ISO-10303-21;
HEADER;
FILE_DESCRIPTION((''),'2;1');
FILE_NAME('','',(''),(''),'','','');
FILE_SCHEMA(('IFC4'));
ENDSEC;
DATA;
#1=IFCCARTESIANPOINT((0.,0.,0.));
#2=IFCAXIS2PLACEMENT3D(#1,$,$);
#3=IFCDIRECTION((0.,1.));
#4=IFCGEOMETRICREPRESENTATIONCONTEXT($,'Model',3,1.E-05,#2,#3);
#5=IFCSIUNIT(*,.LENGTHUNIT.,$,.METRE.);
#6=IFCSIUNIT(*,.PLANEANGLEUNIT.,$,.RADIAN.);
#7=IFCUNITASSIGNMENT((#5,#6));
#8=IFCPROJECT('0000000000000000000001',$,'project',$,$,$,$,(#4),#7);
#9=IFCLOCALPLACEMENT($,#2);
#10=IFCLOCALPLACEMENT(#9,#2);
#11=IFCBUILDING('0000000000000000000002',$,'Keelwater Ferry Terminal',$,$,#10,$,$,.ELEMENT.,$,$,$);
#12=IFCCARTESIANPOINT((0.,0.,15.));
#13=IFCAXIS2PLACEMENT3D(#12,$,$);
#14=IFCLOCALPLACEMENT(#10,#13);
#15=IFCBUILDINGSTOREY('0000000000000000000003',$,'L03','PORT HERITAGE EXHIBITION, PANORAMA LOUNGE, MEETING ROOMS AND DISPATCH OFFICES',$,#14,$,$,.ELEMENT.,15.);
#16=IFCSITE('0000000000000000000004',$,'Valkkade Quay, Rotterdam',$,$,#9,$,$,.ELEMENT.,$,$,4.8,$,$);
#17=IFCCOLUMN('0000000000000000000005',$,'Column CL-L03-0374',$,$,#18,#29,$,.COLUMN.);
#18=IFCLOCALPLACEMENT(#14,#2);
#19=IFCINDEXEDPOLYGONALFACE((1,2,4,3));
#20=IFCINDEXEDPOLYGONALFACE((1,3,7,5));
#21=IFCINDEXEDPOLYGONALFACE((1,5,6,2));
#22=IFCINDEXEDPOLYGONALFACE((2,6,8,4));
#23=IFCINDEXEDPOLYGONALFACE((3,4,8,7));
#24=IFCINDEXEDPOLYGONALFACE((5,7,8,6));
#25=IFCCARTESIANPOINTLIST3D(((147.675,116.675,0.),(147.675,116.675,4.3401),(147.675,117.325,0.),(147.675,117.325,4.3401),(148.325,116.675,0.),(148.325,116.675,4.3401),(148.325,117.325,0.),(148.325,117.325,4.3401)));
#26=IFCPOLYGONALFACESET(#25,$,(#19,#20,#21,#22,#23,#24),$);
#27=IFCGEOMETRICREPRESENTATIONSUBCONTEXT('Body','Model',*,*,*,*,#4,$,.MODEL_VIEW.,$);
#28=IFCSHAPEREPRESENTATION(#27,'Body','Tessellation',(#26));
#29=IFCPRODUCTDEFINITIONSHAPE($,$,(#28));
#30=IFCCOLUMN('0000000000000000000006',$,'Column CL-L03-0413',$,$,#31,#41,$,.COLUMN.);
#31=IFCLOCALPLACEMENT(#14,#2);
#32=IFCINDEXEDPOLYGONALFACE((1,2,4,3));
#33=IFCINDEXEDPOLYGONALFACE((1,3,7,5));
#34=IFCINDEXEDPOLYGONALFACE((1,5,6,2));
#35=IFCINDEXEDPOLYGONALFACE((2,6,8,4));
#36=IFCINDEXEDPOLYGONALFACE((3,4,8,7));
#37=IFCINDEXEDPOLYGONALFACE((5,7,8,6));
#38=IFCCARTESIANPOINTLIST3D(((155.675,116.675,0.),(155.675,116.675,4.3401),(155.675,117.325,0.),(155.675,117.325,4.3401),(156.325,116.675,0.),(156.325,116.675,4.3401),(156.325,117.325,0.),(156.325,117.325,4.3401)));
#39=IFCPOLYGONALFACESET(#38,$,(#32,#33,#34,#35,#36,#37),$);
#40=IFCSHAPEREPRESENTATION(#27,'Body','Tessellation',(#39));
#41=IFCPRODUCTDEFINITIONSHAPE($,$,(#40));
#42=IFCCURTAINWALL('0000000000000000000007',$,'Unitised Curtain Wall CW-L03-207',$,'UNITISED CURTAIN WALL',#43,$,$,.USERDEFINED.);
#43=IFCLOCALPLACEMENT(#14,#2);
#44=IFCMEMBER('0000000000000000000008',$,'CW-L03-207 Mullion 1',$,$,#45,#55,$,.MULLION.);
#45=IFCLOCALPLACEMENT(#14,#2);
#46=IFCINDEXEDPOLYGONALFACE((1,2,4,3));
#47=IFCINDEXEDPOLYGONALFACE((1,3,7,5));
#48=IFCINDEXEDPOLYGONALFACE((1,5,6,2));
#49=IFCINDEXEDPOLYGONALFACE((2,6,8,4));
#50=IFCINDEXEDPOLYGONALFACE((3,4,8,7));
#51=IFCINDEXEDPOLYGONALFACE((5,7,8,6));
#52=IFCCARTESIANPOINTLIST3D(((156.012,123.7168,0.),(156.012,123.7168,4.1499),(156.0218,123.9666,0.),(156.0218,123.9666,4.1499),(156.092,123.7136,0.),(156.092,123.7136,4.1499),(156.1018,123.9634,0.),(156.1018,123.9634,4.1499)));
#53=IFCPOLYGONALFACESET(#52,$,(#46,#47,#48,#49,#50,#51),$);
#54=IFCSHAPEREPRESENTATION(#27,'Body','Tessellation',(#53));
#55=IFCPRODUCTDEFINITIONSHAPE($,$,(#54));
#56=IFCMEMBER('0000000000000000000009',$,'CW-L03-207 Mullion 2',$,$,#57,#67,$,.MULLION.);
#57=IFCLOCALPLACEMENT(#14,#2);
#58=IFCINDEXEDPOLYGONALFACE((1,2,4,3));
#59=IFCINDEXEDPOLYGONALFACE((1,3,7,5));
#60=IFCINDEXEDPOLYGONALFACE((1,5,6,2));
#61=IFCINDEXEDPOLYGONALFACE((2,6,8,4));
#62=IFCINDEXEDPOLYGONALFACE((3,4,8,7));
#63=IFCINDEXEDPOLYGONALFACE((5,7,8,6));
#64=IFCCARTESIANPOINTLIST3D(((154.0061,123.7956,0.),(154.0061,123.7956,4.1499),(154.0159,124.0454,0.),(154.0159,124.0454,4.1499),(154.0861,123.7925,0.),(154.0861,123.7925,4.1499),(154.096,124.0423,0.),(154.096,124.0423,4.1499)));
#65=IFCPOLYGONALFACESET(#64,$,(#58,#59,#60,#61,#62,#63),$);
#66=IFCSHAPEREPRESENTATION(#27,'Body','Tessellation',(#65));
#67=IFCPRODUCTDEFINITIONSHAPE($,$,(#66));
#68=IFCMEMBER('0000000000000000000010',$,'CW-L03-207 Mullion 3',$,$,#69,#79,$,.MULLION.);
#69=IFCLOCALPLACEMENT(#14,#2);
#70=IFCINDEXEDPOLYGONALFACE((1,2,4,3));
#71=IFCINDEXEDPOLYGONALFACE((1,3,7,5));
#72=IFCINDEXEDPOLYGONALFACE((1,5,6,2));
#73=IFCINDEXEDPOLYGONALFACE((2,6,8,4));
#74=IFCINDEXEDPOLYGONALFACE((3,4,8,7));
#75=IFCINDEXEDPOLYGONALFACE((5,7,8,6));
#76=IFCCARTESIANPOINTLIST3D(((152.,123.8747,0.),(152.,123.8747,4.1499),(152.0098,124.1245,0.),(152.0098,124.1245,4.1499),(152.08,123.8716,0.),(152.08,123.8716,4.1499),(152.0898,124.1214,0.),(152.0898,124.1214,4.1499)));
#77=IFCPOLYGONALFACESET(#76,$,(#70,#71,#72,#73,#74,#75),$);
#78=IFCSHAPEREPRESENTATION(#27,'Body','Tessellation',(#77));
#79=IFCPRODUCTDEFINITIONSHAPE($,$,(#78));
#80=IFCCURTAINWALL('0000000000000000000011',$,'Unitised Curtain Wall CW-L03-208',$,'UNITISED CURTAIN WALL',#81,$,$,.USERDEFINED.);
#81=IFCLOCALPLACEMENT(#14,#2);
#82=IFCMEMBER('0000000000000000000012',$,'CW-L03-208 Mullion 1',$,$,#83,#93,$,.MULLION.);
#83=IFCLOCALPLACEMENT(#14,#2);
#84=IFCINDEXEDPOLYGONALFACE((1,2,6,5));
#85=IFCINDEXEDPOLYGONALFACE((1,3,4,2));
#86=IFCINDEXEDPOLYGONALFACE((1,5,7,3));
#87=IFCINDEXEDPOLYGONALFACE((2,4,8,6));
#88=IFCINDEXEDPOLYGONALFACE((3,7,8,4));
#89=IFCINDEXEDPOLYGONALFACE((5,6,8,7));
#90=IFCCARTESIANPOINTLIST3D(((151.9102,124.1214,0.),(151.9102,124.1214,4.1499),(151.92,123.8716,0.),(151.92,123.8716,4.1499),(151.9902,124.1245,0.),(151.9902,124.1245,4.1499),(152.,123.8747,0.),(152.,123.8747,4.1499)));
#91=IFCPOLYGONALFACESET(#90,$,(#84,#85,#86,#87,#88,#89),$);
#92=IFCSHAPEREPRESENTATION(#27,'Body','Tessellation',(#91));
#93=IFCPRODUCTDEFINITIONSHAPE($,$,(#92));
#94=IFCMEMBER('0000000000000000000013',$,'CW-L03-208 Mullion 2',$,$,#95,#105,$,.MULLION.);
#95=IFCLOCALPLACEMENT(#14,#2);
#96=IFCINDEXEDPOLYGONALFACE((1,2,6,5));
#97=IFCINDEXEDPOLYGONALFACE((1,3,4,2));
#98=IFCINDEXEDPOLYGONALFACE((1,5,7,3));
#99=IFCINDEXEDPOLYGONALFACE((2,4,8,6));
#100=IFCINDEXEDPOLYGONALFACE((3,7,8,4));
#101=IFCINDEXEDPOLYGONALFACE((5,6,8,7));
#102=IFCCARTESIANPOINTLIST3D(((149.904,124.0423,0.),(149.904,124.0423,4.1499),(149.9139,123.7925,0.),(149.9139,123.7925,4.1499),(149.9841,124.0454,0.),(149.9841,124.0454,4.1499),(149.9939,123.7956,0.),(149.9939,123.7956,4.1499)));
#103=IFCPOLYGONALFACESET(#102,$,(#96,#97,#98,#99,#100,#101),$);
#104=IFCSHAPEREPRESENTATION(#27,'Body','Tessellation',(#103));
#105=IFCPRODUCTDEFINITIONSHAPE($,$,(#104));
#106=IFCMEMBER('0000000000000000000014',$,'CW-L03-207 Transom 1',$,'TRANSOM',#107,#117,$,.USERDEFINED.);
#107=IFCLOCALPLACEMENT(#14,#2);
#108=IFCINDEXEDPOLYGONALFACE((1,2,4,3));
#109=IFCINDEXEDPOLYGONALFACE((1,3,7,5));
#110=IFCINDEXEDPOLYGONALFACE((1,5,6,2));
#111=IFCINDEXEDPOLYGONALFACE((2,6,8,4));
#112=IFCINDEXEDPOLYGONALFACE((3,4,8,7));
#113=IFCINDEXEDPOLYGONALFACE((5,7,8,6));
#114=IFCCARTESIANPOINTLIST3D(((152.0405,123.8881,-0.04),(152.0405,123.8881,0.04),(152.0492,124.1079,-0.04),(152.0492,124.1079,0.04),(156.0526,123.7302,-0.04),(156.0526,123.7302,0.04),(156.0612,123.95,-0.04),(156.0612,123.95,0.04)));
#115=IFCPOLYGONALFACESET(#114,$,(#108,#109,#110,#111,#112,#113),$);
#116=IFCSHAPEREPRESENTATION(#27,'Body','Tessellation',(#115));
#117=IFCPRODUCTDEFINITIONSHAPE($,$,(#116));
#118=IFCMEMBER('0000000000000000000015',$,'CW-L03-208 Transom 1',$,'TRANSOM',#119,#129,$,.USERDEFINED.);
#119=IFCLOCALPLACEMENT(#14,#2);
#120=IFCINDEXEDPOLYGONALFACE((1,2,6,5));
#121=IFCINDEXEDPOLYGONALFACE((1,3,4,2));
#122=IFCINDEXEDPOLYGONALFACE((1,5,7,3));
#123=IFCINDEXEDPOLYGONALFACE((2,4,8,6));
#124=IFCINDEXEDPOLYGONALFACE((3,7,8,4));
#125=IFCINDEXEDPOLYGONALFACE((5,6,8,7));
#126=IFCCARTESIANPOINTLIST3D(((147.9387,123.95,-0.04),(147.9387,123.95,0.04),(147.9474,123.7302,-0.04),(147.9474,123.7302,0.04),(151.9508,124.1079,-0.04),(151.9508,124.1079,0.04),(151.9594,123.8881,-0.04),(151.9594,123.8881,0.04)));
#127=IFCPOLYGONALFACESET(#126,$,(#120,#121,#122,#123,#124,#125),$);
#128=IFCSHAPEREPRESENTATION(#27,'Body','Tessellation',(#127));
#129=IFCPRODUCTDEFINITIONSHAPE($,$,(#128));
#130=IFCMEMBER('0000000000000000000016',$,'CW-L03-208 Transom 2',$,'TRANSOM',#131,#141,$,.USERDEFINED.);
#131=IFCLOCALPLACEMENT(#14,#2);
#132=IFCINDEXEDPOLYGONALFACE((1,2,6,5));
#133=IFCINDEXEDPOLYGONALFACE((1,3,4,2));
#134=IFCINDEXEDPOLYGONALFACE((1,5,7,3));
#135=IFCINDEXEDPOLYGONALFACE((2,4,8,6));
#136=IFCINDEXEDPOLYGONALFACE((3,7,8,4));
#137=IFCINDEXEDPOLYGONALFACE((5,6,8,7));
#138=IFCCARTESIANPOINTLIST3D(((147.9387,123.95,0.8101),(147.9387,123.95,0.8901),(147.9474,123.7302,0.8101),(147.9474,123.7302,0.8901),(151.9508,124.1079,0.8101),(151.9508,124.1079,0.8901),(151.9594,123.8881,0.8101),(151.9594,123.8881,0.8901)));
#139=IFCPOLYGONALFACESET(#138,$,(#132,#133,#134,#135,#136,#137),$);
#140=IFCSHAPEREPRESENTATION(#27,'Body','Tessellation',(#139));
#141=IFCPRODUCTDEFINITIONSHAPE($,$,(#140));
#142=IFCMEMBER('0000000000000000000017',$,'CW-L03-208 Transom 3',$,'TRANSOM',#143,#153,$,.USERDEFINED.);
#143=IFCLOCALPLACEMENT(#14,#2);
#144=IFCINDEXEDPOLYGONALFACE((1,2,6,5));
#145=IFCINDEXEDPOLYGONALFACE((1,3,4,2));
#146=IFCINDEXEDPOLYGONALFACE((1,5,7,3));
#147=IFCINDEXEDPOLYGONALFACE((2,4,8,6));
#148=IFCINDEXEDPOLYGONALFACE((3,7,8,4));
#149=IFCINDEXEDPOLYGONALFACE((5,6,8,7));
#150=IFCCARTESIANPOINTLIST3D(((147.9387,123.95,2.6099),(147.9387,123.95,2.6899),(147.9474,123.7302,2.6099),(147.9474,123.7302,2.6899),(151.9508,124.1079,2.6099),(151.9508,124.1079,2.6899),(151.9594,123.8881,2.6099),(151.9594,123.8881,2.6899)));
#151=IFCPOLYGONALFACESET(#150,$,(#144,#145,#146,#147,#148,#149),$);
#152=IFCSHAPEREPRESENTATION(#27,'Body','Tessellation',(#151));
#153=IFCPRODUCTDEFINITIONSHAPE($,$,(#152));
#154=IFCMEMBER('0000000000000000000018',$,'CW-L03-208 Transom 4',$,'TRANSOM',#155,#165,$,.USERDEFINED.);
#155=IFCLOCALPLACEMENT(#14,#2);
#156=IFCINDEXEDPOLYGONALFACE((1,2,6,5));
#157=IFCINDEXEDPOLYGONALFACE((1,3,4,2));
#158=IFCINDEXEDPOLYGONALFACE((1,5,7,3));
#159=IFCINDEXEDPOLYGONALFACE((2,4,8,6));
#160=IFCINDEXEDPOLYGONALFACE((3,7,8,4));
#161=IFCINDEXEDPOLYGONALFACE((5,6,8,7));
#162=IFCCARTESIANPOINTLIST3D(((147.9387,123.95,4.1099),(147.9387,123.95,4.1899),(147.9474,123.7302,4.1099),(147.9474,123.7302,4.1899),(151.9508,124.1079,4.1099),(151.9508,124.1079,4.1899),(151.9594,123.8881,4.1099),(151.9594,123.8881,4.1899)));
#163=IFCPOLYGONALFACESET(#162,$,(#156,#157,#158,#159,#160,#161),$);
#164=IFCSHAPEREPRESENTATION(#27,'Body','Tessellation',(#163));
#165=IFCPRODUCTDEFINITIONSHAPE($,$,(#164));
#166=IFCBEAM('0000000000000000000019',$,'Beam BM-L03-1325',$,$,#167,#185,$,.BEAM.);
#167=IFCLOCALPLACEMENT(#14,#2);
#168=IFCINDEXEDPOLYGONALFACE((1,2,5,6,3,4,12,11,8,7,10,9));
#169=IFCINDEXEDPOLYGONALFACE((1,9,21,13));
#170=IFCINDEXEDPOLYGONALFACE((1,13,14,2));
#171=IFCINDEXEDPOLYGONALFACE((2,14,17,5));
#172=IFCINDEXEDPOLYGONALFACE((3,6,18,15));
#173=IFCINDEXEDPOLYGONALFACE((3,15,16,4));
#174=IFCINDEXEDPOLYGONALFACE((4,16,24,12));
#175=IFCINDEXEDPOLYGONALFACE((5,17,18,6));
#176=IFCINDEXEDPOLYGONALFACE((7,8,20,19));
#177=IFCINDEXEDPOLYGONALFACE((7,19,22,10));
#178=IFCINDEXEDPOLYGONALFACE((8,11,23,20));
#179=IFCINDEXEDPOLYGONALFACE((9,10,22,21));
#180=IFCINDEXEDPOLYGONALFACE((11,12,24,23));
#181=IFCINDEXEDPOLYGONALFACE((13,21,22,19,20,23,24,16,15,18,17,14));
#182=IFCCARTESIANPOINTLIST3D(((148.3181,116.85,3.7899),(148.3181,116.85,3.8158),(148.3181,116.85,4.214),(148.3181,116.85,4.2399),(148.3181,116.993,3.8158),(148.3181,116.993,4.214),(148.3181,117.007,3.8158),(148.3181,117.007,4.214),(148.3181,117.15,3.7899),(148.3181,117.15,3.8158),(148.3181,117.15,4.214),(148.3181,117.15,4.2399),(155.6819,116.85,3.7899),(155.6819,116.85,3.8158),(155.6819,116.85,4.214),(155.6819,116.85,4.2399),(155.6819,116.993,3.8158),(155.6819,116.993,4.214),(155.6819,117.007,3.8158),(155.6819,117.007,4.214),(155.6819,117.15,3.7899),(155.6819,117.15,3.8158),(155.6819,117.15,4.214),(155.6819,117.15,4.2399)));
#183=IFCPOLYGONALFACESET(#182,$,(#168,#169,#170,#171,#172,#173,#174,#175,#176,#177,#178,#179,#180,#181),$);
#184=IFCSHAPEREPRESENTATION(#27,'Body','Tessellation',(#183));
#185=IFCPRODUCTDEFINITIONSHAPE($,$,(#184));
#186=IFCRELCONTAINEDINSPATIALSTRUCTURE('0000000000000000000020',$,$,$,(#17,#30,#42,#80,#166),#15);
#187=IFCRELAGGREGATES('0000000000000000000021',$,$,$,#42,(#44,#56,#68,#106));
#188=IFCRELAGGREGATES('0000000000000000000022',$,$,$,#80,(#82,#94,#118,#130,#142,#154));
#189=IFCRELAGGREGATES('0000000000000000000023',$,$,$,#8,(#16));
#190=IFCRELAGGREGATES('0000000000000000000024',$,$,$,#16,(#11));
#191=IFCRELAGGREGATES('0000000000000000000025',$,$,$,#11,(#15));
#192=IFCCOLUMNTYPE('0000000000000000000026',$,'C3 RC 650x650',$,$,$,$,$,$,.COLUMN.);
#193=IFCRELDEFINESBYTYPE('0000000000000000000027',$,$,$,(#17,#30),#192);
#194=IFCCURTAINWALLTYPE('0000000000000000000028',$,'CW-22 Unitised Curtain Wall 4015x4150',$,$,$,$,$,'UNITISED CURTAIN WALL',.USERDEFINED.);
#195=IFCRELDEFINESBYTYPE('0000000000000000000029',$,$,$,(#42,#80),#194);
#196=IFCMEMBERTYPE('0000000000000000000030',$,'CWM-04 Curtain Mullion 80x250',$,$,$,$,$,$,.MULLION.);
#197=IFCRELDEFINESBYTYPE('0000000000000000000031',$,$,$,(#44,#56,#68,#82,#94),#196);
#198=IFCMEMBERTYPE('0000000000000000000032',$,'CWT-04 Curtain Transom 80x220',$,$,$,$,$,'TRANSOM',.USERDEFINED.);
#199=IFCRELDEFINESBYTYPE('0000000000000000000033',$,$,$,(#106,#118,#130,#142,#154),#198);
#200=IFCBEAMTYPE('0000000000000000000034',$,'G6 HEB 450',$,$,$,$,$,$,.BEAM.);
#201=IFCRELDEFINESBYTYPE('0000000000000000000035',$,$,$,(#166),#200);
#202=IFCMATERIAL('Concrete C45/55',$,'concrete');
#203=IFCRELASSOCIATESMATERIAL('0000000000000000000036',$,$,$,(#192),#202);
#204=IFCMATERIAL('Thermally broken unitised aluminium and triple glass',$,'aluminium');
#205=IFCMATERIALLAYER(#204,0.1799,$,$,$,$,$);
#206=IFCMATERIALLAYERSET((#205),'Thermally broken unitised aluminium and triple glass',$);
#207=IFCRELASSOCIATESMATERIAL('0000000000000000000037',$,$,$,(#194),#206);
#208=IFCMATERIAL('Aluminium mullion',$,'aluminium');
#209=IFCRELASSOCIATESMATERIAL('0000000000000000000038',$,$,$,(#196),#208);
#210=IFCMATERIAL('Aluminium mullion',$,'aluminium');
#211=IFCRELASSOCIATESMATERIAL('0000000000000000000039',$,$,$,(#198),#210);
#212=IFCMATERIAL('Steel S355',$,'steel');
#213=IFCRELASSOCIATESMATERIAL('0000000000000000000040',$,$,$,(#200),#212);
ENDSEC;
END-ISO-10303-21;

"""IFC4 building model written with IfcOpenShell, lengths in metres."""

from ifc_helpers import new_model, si_unit, direction, frame, origin, origin_2d, place, context, subcontext, project, spatial, rectangle, i_section, extrude, material, layer, layer_set, material_profile, profile_set, type_object, element, aggregate, save


model = new_model("IFC4")

# Units and contexts
model_context = context("Model", 3, precision=1e-05, world=origin(), true_north=direction((0.0, 1.0)))
body_context = subcontext(model_context, "Body", "Model", "MODEL_VIEW")
ifc_project = project(units=[si_unit("LENGTHUNIT", "METRE"), si_unit("PLANEANGLEUNIT", "RADIAN")], contexts=[model_context])

# Site, building, storey
site_placement = place(None, origin())
site = spatial("IfcSite", under=ifc_project, at=site_placement, Name="Valkkade Quay, Rotterdam", CompositionType="ELEMENT", RefElevation=4.8)
building_placement = place(site_placement, origin())
building = spatial("IfcBuilding", under=site, at=building_placement, Name="Keelwater Ferry Terminal", CompositionType="ELEMENT")
storey_placement = place(building_placement, frame((0.0, 0.0, 15.0)))
storey = spatial("IfcBuildingStorey", under=building, at=storey_placement, Name="L03", Description="PORT HERITAGE EXHIBITION, PANORAMA LOUNGE, MEETING ROOMS AND DISPATCH OFFICES", CompositionType="ELEMENT", Elevation=15.0)

# Columns
ifc_material_1 = material(Name="Concrete C45/55", Category="concrete")
ifc_material_profile_1 = material_profile(ifc_material_1, rectangle(XDim=0.6499, YDim=0.6499, at=origin_2d()), Name="RC 650x650")
ifc_profile_set_1 = profile_set([ifc_material_profile_1], Name="Concrete C45/55")
column_type = type_object("IfcColumnType", Name="C3 RC 650x650", PredefinedType="COLUMN", material=ifc_profile_set_1)
for number, where, z_axis, x_axis, name in (
    (1, (148.0, 117.0, 0.0), (0.0, 0.0, 1.0), (1.0, 0.0, 0.0), "Column CL-L03-0374"),
    (2, (156.0, 117.0, 0.0), (0.0, 0.0, 1.0), (1.0, 0.0, 0.0), "Column CL-L03-0413"),
):
    element("IfcColumn", number, at=place(storey_placement, frame(where, z_axis=z_axis, x_axis=x_axis)), inside=storey, type_object=column_type, Name=name, PredefinedType="COLUMN", context=body_context, shape_type="SweptSolid", body=[
        extrude(rectangle(XDim=0.6499, YDim=0.6499, at=origin_2d()), origin(), (0.0, 0.0, 1.0), 4.3401),
    ])

# Curtain walls, members
ifc_material_2 = material(Name="Thermally broken unitised aluminium and triple glass", Category="aluminium")
ifc_layer_1 = layer(ifc_material_2, 0.1799)
ifc_layer_set_1 = layer_set([ifc_layer_1], Name="Thermally broken unitised aluminium and triple glass")
curtain_wall_type = type_object("IfcCurtainWallType", Name="CW-22 Unitised Curtain Wall 4015x4150", ElementType="UNITISED CURTAIN WALL", PredefinedType="USERDEFINED", material=ifc_layer_set_1)
curtain_wall_1_placement = place(storey_placement, origin())
curtain_wall_1 = element("IfcCurtainWall", 3, at=curtain_wall_1_placement, inside=storey, type_object=curtain_wall_type, Name="Unitised Curtain Wall CW-L03-207", ObjectType="UNITISED CURTAIN WALL", PredefinedType="USERDEFINED")
ifc_material_3 = material(Name="Aluminium mullion", Category="aluminium")
ifc_material_profile_2 = material_profile(ifc_material_3, rectangle(XDim=0.0801, YDim=0.25, at=origin_2d()), Name="CWM-04")
ifc_profile_set_2 = profile_set([ifc_material_profile_2], Name="Aluminium mullion")
member_type_1 = type_object("IfcMemberType", Name="CWM-04 Curtain Mullion 80x250", PredefinedType="MULLION", material=ifc_profile_set_2)
member_1_placement = place(storey_placement, frame((156.0569, 123.8401, 0.0), z_axis=(0.0, 0.0, 1.0), x_axis=(-0.999225, 0.039351, 0.0)))
member_1 = element("IfcMember", 4, at=member_1_placement, type_object=member_type_1, Name="CW-L03-207 Mullion 1", PredefinedType="MULLION", context=body_context, shape_type="SweptSolid", body=[
    extrude(rectangle(XDim=0.0801, YDim=0.25, at=origin_2d()), origin(), (0.0, 0.0, 1.0), 4.1499),
])
member_2_placement = place(storey_placement, frame((154.051, 123.9189, 0.0), z_axis=(0.0, 0.0, 1.0), x_axis=(-0.999225, 0.039351, 0.0)))
member_2 = element("IfcMember", 5, at=member_2_placement, type_object=member_type_1, Name="CW-L03-207 Mullion 2", PredefinedType="MULLION", context=body_context, shape_type="SweptSolid", body=[
    extrude(rectangle(XDim=0.0801, YDim=0.25, at=origin_2d()), origin(), (0.0, 0.0, 1.0), 4.1499),
])
member_3_placement = place(storey_placement, frame((152.0449, 123.998, 0.0), z_axis=(0.0, 0.0, 1.0), x_axis=(-0.999225, 0.039351, 0.0)))
member_3 = element("IfcMember", 6, at=member_3_placement, type_object=member_type_1, Name="CW-L03-207 Mullion 3", PredefinedType="MULLION", context=body_context, shape_type="SweptSolid", body=[
    extrude(rectangle(XDim=0.0801, YDim=0.25, at=origin_2d()), origin(), (0.0, 0.0, 1.0), 4.1499),
])
curtain_wall_2_placement = place(storey_placement, origin())
curtain_wall_2 = element("IfcCurtainWall", 7, at=curtain_wall_2_placement, inside=storey, type_object=curtain_wall_type, Name="Unitised Curtain Wall CW-L03-208", ObjectType="UNITISED CURTAIN WALL", PredefinedType="USERDEFINED")
member_4_placement = place(storey_placement, frame((151.9551, 123.998, 0.0), z_axis=(0.0, 0.0, 1.0), x_axis=(-0.999225, -0.039351, 0.0)))
member_4 = element("IfcMember", 8, at=member_4_placement, type_object=member_type_1, Name="CW-L03-208 Mullion 1", PredefinedType="MULLION", context=body_context, shape_type="SweptSolid", body=[
    extrude(rectangle(XDim=0.0801, YDim=0.25, at=origin_2d()), origin(), (0.0, 0.0, 1.0), 4.1499),
])
member_5_placement = place(storey_placement, frame((149.949, 123.9189, 0.0), z_axis=(0.0, 0.0, 1.0), x_axis=(-0.999225, -0.039351, 0.0)))
member_5 = element("IfcMember", 9, at=member_5_placement, type_object=member_type_1, Name="CW-L03-208 Mullion 2", PredefinedType="MULLION", context=body_context, shape_type="SweptSolid", body=[
    extrude(rectangle(XDim=0.0801, YDim=0.25, at=origin_2d()), origin(), (0.0, 0.0, 1.0), 4.1499),
])

# Members
ifc_material_4 = material(Name="Aluminium mullion", Category="aluminium")
ifc_material_profile_3 = material_profile(ifc_material_4, rectangle(XDim=0.22, YDim=0.0801, at=origin_2d()), Name="CWT-04")
ifc_profile_set_3 = profile_set([ifc_material_profile_3], Name="Aluminium mullion")
member_type_2 = type_object("IfcMemberType", Name="CWT-04 Curtain Transom 80x220", ElementType="TRANSOM", PredefinedType="USERDEFINED", material=ifc_profile_set_3)
member_6_placement = place(storey_placement, frame((156.0569, 123.8401, 0.0), z_axis=(-0.999226, 0.039342, 0.0), x_axis=(-0.039342, -0.999226, 0.0)))
member_6 = element("IfcMember", 10, at=member_6_placement, type_object=member_type_2, Name="CW-L03-207 Transom 1", ObjectType="TRANSOM", PredefinedType="USERDEFINED", context=body_context, shape_type="SweptSolid", body=[
    extrude(rectangle(XDim=0.22, YDim=0.0801, at=origin_2d()), origin(), (0.0, 0.0, 1.0), 4.0151),
])
member_7_placement = place(storey_placement, frame((151.9551, 123.998, 0.0), z_axis=(-0.999226, -0.039342, 0.0), x_axis=(0.039342, -0.999226, 0.0)))
member_7 = element("IfcMember", 11, at=member_7_placement, type_object=member_type_2, Name="CW-L03-208 Transom 1", ObjectType="TRANSOM", PredefinedType="USERDEFINED", context=body_context, shape_type="SweptSolid", body=[
    extrude(rectangle(XDim=0.22, YDim=0.0801, at=origin_2d()), origin(), (0.0, 0.0, 1.0), 4.0151),
])
member_8_placement = place(storey_placement, frame((151.9551, 123.998, 0.8501), z_axis=(-0.999226, -0.039342, 0.0), x_axis=(0.039342, -0.999226, 0.0)))
member_8 = element("IfcMember", 12, at=member_8_placement, type_object=member_type_2, Name="CW-L03-208 Transom 2", ObjectType="TRANSOM", PredefinedType="USERDEFINED", context=body_context, shape_type="SweptSolid", body=[
    extrude(rectangle(XDim=0.22, YDim=0.0801, at=origin_2d()), origin(), (0.0, 0.0, 1.0), 4.0151),
])
member_9_placement = place(storey_placement, frame((151.9551, 123.998, 2.6499), z_axis=(-0.999226, -0.039342, 0.0), x_axis=(0.039342, -0.999226, 0.0)))
member_9 = element("IfcMember", 13, at=member_9_placement, type_object=member_type_2, Name="CW-L03-208 Transom 3", ObjectType="TRANSOM", PredefinedType="USERDEFINED", context=body_context, shape_type="SweptSolid", body=[
    extrude(rectangle(XDim=0.22, YDim=0.0801, at=origin_2d()), origin(), (0.0, 0.0, 1.0), 4.0151),
])
member_10_placement = place(storey_placement, frame((151.9551, 123.998, 4.1499), z_axis=(-0.999226, -0.039342, 0.0), x_axis=(0.039342, -0.999226, 0.0)))
member_10 = element("IfcMember", 14, at=member_10_placement, type_object=member_type_2, Name="CW-L03-208 Transom 4", ObjectType="TRANSOM", PredefinedType="USERDEFINED", context=body_context, shape_type="SweptSolid", body=[
    extrude(rectangle(XDim=0.22, YDim=0.0801, at=origin_2d()), origin(), (0.0, 0.0, 1.0), 4.0151),
])

# Beam
ifc_material_5 = material(Name="Steel S355", Category="steel")
ifc_material_profile_4 = material_profile(ifc_material_5, i_section(OverallWidth=0.3, OverallDepth=0.45, WebThickness=0.0139, FlangeThickness=0.0259, at=origin_2d()), Name="HEB 450")
ifc_profile_set_4 = profile_set([ifc_material_profile_4], Name="Steel S355")
beam_type_1 = type_object("IfcBeamType", Name="G6 HEB 450", PredefinedType="BEAM", material=ifc_profile_set_4)
beam_1_placement = place(storey_placement, frame((148.3181, 117.0, 4.0149), z_axis=(1.0, 0.0, 0.0), x_axis=(0.0, 1.0, 0.0)))
element("IfcBeam", 15, at=beam_1_placement, inside=storey, type_object=beam_type_1, Name="Beam BM-L03-1325", PredefinedType="BEAM", context=body_context, shape_type="SweptSolid", body=[
    extrude(i_section(OverallWidth=0.3, OverallDepth=0.45, WebThickness=0.0139, FlangeThickness=0.0259, at=origin_2d()), origin(), (0.0, 0.0, 1.0), 7.3638),
])

aggregate(curtain_wall_1, [member_1, member_2, member_3, member_6])
aggregate(curtain_wall_2, [member_4, member_5, member_7, member_8, member_9, member_10])

save(model, "model.ifc")
